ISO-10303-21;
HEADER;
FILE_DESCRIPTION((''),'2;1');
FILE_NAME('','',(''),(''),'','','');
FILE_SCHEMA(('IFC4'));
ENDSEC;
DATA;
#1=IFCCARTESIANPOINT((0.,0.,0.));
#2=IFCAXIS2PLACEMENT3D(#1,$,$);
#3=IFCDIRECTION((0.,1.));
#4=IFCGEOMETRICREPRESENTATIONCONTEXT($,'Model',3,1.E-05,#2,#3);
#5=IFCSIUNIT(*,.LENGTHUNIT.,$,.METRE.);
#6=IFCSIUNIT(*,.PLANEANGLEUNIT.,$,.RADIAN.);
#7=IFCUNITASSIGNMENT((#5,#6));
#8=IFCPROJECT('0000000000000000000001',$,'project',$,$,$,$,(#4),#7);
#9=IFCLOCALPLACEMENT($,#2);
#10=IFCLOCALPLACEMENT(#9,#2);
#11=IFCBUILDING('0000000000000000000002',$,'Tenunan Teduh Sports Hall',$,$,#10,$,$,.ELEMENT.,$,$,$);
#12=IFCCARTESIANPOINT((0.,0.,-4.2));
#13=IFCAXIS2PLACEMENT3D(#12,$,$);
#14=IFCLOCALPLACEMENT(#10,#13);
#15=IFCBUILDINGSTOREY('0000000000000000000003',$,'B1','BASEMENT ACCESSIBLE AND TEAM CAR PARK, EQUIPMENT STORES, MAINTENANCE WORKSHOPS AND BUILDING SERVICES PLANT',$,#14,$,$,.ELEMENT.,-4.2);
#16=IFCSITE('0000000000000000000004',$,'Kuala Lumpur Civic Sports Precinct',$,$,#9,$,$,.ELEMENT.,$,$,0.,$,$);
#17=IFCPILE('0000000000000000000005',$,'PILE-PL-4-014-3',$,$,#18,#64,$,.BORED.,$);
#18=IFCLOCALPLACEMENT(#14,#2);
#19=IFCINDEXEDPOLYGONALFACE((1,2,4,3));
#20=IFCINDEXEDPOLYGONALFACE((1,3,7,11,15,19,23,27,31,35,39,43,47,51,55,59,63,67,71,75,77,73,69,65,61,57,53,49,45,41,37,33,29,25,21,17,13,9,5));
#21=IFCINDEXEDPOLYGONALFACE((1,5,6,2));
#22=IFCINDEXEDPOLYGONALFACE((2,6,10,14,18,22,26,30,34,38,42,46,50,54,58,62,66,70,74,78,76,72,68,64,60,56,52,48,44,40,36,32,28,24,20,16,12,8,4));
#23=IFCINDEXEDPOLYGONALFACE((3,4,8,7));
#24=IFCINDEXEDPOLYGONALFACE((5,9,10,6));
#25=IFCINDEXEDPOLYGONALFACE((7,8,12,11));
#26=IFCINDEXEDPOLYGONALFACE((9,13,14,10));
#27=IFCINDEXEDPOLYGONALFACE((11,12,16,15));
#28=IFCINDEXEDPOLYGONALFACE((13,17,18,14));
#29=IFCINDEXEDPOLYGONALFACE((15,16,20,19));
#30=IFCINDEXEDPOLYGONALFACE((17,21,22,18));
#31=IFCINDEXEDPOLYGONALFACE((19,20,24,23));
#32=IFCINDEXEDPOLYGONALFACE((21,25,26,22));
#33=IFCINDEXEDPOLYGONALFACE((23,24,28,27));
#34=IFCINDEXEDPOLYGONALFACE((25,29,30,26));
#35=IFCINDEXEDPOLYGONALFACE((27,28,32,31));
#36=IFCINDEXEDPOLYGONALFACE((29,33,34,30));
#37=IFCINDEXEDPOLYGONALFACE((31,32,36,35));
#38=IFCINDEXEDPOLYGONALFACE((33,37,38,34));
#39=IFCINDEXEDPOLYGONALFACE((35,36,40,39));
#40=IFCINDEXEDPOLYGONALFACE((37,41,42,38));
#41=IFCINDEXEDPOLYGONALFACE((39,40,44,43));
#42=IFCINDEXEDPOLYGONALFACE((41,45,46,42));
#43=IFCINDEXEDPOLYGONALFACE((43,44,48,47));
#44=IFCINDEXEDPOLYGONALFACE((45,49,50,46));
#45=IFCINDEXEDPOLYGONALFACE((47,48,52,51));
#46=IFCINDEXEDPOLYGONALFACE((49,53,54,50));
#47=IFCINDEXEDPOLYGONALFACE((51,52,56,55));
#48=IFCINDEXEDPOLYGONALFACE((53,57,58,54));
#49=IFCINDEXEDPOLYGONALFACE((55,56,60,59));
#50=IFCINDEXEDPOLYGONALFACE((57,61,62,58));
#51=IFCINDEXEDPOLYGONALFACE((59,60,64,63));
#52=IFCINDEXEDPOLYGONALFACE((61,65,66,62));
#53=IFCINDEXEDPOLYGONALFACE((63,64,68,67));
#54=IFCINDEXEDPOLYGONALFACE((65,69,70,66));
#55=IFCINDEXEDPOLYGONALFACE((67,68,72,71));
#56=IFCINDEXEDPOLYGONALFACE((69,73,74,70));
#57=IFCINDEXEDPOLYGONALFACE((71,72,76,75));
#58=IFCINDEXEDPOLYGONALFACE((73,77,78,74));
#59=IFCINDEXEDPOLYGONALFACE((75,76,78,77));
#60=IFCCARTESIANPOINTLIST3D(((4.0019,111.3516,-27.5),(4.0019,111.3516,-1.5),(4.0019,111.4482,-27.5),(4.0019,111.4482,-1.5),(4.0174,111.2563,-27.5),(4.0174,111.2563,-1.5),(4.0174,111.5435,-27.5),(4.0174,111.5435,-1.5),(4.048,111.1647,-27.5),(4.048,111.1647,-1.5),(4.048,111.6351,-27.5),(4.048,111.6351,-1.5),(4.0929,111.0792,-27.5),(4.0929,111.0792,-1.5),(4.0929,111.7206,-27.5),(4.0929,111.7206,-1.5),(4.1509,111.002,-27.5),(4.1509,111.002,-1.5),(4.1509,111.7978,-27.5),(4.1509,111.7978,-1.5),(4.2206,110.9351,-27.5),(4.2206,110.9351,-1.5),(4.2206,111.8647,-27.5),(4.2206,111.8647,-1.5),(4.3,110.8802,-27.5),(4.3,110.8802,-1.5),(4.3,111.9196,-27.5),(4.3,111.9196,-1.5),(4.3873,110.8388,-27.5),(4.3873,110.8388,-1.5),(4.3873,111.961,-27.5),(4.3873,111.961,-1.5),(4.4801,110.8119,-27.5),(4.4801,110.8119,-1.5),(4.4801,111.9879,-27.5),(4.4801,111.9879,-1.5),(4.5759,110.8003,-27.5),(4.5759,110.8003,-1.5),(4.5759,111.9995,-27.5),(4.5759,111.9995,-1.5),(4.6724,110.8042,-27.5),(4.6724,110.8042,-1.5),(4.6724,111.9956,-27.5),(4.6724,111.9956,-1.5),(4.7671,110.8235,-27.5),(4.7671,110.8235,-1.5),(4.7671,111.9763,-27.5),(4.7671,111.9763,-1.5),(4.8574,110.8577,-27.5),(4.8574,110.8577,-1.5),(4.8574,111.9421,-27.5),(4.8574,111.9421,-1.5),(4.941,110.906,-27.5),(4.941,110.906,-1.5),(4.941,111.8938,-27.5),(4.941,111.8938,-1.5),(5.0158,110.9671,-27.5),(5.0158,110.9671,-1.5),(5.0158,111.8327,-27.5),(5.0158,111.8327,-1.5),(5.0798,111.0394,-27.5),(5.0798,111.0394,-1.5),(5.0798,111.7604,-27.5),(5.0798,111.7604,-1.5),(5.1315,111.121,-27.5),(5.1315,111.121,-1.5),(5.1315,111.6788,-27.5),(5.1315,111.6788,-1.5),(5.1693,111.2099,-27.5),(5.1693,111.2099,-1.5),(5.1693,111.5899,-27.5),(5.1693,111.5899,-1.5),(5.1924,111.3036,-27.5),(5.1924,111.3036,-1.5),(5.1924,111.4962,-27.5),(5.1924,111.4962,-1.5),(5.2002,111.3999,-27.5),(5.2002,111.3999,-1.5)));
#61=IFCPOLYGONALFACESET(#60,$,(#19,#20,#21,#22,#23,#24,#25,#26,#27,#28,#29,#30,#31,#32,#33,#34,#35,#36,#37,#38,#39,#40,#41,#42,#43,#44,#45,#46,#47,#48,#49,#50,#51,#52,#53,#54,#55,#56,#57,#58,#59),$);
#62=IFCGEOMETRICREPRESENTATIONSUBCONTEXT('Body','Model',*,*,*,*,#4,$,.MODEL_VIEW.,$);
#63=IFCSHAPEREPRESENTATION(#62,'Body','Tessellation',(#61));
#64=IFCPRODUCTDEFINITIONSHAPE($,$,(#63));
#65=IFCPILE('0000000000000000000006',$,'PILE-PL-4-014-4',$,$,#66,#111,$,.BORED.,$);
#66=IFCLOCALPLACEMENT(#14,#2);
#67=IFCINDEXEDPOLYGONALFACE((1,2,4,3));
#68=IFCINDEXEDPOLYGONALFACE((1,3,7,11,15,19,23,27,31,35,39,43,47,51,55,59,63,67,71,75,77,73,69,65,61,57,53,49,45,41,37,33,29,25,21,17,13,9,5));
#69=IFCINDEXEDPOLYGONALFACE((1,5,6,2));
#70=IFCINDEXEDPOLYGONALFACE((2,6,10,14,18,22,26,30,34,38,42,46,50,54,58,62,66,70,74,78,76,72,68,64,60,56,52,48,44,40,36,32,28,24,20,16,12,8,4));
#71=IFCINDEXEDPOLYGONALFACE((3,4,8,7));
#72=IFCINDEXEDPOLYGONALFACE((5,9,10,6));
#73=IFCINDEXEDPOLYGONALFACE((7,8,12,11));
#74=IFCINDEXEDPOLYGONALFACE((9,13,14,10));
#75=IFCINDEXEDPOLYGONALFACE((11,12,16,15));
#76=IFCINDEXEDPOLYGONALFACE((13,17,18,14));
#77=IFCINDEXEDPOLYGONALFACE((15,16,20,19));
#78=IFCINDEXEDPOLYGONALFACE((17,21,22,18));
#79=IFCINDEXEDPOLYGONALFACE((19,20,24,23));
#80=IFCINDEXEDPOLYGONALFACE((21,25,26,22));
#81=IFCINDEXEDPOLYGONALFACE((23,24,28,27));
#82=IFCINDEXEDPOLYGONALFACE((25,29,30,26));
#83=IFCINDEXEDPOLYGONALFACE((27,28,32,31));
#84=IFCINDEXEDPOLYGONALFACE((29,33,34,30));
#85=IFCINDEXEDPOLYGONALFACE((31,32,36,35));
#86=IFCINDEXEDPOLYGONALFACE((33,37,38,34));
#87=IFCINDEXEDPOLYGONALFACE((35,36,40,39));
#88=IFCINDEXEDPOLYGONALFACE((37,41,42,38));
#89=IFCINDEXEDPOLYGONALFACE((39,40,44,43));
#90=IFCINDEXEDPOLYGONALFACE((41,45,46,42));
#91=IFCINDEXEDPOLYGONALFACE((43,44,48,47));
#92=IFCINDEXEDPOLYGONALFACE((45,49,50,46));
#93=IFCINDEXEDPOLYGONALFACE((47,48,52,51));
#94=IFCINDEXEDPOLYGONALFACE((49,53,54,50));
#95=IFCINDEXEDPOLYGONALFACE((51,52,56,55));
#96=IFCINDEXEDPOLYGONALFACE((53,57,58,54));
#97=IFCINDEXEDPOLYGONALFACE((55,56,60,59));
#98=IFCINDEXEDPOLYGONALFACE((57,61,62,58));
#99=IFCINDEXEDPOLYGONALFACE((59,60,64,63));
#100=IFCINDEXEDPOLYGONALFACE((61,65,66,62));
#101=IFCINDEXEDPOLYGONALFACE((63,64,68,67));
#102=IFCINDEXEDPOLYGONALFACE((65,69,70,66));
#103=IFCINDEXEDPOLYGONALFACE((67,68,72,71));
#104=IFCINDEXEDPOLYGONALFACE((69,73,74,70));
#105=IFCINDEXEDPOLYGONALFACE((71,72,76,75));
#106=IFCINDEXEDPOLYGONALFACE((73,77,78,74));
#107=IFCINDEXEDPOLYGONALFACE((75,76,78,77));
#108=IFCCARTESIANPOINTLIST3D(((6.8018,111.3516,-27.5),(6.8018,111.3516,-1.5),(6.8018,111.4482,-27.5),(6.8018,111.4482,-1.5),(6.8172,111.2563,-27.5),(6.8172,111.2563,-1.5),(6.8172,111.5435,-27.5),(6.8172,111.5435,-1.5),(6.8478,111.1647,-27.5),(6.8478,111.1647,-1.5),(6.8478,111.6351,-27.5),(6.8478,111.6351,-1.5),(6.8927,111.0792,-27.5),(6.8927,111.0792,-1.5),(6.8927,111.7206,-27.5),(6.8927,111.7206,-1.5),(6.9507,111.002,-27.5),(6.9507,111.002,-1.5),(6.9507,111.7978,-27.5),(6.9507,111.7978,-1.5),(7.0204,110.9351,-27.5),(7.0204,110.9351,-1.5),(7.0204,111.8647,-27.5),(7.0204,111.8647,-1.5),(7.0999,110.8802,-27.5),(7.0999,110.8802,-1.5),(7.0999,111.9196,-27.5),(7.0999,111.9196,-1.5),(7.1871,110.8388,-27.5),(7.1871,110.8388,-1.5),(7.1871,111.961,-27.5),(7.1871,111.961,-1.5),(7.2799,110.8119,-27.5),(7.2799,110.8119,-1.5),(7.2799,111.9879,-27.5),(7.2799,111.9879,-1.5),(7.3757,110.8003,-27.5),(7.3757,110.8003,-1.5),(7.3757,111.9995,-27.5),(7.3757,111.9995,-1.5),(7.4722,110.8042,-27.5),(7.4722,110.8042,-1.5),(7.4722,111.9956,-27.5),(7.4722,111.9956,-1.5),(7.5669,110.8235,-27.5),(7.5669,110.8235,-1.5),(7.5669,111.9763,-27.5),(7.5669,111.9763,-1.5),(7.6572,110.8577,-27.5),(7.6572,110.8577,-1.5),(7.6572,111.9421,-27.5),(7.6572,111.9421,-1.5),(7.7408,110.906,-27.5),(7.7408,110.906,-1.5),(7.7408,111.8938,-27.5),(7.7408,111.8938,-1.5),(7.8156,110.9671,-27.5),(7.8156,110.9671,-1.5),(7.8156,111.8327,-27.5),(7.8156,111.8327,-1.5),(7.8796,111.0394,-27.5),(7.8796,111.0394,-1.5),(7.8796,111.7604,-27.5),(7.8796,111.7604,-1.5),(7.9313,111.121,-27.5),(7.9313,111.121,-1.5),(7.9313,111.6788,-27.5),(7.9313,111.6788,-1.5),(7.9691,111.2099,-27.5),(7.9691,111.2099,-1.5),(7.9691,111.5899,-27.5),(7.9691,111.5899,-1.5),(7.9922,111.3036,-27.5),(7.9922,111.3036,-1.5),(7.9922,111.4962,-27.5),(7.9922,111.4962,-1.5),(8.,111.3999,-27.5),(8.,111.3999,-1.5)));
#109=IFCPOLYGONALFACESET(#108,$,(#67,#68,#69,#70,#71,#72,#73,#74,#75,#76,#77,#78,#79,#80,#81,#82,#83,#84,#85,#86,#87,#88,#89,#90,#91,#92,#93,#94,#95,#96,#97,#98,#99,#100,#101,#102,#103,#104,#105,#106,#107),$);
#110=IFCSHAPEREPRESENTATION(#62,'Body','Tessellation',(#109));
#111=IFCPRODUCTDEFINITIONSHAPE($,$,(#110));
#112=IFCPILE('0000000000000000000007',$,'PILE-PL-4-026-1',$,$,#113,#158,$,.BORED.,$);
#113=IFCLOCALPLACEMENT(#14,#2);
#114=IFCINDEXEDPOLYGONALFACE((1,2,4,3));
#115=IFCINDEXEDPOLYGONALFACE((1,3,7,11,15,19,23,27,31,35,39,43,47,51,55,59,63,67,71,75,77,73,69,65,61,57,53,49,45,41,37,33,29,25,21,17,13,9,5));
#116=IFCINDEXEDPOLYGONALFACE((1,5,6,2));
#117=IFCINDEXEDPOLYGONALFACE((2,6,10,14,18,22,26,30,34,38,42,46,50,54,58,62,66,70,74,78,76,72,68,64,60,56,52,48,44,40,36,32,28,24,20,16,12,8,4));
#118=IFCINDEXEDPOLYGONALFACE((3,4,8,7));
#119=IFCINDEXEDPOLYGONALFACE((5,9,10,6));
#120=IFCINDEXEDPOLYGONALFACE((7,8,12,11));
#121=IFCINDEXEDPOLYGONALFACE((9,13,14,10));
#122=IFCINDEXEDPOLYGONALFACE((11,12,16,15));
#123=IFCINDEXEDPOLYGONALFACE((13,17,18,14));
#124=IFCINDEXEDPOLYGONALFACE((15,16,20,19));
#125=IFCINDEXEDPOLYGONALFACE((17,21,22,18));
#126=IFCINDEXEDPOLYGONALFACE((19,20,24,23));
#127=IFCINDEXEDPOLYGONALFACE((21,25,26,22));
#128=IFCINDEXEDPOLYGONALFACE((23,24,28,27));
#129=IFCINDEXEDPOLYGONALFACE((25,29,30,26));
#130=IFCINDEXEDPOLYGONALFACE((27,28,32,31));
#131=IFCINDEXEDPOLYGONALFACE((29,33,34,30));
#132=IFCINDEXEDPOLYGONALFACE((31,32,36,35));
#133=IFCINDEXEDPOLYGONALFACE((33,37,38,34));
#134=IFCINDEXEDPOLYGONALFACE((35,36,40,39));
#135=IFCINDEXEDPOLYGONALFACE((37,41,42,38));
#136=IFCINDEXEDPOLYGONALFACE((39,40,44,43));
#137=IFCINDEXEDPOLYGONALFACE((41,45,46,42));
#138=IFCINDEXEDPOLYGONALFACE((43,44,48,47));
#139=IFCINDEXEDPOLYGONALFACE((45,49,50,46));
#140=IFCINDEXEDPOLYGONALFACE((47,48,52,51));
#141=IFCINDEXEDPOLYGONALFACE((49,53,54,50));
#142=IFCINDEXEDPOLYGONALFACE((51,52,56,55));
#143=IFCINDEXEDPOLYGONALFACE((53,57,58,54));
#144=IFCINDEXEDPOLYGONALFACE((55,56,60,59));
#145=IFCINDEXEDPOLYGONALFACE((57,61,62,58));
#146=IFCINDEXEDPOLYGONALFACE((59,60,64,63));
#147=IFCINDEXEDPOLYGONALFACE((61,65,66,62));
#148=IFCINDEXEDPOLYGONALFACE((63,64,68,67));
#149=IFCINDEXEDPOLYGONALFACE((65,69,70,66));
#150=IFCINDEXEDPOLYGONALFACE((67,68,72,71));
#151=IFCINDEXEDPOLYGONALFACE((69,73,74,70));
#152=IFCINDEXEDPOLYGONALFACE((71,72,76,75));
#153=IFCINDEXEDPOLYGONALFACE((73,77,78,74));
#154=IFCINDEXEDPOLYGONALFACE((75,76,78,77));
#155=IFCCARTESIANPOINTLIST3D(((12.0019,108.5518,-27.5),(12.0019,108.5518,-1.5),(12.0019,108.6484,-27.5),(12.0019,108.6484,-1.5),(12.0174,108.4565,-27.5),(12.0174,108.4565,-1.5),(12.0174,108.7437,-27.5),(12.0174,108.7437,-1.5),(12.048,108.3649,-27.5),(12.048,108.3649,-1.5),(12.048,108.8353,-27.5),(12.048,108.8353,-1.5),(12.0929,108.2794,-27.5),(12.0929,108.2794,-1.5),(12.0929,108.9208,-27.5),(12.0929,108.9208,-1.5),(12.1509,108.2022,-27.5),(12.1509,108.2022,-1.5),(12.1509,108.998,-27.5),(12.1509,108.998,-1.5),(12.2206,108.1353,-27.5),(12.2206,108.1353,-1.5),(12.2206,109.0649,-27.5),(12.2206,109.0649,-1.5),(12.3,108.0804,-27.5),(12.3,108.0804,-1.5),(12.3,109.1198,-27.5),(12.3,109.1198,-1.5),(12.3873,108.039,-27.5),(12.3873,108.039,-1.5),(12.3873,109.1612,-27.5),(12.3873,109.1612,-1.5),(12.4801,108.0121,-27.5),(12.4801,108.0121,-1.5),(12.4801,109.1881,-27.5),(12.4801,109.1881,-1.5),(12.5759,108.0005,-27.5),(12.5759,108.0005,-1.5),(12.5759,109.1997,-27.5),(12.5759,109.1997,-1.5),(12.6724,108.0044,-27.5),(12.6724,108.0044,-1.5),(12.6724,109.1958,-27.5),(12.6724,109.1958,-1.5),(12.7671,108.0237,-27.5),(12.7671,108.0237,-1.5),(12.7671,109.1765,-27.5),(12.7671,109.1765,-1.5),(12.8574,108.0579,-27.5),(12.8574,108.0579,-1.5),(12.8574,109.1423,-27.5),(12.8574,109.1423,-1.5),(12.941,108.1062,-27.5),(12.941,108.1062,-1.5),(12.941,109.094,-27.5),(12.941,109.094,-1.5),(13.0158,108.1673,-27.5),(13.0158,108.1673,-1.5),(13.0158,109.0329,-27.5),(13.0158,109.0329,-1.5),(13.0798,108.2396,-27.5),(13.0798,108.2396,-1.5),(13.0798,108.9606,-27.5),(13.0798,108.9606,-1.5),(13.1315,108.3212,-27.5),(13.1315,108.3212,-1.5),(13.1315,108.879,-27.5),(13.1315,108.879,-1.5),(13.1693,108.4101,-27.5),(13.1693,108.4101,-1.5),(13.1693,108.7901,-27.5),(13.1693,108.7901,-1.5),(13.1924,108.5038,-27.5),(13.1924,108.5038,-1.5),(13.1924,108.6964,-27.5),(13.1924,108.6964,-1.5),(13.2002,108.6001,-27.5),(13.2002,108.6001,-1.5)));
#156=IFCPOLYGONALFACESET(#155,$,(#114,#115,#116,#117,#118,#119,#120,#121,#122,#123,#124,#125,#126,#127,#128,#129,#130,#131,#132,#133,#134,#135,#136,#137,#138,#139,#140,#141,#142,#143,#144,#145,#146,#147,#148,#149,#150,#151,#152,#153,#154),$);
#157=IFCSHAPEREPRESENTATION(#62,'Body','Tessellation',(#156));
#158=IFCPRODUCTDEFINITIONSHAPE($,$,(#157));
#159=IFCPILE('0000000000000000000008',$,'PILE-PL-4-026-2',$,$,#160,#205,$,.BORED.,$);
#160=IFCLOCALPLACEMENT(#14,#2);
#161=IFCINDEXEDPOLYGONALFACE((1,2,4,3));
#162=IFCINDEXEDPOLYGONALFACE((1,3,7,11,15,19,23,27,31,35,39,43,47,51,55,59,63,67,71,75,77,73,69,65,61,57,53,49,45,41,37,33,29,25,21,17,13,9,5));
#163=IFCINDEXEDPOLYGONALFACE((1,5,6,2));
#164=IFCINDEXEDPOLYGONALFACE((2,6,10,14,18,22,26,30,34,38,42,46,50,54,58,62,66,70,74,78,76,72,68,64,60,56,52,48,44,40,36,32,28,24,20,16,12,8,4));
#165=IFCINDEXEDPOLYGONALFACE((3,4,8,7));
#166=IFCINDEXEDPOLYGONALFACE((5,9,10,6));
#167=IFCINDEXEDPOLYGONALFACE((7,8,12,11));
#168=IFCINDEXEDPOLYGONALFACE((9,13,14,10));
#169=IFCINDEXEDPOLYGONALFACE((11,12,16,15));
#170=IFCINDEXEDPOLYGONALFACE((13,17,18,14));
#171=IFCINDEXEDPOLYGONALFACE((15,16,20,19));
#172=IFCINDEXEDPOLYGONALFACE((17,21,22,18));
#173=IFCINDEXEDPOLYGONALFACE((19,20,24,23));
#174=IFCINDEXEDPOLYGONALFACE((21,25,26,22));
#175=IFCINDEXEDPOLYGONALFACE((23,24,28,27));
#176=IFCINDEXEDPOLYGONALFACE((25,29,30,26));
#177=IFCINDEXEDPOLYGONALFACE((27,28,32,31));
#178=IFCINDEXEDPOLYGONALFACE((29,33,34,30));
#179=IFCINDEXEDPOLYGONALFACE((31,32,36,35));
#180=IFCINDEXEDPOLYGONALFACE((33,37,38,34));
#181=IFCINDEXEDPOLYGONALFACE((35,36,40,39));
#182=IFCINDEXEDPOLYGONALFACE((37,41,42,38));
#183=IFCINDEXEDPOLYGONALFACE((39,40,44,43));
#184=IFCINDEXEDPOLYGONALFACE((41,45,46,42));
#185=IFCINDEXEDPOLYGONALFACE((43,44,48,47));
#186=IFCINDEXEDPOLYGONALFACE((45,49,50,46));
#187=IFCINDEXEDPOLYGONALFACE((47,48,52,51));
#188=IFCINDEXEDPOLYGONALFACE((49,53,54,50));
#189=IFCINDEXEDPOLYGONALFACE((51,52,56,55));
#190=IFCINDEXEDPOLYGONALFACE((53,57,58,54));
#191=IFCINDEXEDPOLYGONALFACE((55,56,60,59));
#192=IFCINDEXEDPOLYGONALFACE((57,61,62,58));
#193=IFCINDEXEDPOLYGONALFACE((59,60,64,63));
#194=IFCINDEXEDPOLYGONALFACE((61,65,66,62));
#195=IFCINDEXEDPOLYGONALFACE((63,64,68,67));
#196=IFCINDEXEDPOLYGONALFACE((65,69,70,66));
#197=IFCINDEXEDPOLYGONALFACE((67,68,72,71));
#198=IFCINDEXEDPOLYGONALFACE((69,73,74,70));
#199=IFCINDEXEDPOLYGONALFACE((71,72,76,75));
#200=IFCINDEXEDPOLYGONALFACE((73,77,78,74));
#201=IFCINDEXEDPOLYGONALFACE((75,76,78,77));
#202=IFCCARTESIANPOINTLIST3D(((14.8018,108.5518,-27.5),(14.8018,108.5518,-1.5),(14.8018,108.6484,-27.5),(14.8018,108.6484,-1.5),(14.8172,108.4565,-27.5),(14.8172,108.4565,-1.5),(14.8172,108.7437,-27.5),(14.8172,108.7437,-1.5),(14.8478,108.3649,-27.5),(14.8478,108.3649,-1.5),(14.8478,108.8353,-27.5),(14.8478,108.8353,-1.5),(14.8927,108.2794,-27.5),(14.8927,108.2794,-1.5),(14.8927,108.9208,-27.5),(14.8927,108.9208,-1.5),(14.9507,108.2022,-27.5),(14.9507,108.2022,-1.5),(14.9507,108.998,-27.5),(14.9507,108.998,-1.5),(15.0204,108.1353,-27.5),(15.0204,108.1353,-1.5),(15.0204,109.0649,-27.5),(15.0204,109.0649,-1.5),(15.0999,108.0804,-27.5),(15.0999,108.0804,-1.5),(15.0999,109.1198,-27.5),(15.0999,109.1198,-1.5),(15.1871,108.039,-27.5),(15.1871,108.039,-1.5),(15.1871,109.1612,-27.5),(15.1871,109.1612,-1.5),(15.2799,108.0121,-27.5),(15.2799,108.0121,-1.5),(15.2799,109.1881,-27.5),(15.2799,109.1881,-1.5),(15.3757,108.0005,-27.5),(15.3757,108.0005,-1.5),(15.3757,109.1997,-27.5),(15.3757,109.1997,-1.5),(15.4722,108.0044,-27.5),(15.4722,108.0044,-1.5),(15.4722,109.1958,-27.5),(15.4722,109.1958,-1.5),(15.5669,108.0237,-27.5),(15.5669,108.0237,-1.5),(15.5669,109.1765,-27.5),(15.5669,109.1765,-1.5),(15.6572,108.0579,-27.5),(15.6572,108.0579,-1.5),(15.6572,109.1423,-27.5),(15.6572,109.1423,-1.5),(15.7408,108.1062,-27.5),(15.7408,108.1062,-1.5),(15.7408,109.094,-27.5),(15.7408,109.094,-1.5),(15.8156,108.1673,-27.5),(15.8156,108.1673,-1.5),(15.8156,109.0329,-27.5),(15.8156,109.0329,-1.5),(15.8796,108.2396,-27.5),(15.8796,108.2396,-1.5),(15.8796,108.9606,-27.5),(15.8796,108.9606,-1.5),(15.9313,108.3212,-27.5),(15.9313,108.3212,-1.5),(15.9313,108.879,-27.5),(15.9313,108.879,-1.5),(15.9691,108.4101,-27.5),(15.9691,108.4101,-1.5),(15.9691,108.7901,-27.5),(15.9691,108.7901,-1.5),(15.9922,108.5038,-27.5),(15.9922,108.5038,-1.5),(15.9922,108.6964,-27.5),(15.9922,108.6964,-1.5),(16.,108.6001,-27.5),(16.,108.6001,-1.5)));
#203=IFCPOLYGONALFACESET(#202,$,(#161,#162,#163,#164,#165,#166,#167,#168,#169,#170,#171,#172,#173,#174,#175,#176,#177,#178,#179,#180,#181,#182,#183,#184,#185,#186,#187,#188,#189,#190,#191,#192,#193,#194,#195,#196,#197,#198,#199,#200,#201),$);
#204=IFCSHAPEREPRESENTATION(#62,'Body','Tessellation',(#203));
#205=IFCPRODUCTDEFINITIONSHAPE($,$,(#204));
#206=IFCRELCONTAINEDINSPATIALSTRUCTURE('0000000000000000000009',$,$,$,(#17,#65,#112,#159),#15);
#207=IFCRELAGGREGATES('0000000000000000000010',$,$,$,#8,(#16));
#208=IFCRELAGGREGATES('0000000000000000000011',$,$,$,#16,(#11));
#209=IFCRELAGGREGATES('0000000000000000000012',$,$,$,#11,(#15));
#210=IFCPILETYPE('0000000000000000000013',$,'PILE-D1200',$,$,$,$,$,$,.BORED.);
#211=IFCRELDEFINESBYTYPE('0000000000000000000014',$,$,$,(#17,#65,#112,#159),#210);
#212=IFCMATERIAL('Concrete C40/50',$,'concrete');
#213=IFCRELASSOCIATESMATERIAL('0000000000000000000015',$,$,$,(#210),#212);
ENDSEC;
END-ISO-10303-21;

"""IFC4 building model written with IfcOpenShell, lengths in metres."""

from ifc_helpers import new_model, si_unit, direction, frame, origin, origin_2d, place, context, subcontext, project, spatial, circle, extrude, material, material_profile, profile_set, type_object, element, save


model = new_model("IFC4")

# Units and contexts
model_context = context("Model", 3, precision=1e-05, world=origin(), true_north=direction((0.0, 1.0)))
body_context = subcontext(model_context, "Body", "Model", "MODEL_VIEW")
ifc_project = project(units=[si_unit("LENGTHUNIT", "METRE"), si_unit("PLANEANGLEUNIT", "RADIAN")], contexts=[model_context])

# Site, building, storey
site_placement = place(None, origin())
site = spatial("IfcSite", under=ifc_project, at=site_placement, Name="Kuala Lumpur Civic Sports Precinct", CompositionType="ELEMENT", RefElevation=0.0)
building_placement = place(site_placement, origin())
building = spatial("IfcBuilding", under=site, at=building_placement, Name="Tenunan Teduh Sports Hall", CompositionType="ELEMENT")
storey_placement = place(building_placement, frame((0.0, 0.0, -4.2)))
storey = spatial("IfcBuildingStorey", under=building, at=storey_placement, Name="B1", Description="BASEMENT ACCESSIBLE AND TEAM CAR PARK, EQUIPMENT STORES, MAINTENANCE WORKSHOPS AND BUILDING SERVICES PLANT", CompositionType="ELEMENT", Elevation=-4.2)

# Piles
ifc_material_1 = material(Name="Concrete C40/50", Category="concrete")
ifc_material_profile_1 = material_profile(ifc_material_1, circle(Radius=0.6001, at=origin_2d()), Name="PILE D1200")
ifc_profile_set_1 = profile_set([ifc_material_profile_1], Name="Concrete C40/50")
pile_type = type_object("IfcPileType", Name="PILE-D1200", PredefinedType="BORED", material=ifc_profile_set_1)
for number, where, z_axis, x_axis, name in (
    (1, (4.6001, 111.3999, -1.5), (0.0, 0.0, -1.0), (1.0, 0.0, 0.0), "PILE-PL-4-014-3"),
    (2, (7.3999, 111.3999, -1.5), (0.0, 0.0, -1.0), (1.0, 0.0, 0.0), "PILE-PL-4-014-4"),
    (3, (12.6001, 108.6001, -1.5), (0.0, 0.0, -1.0), (1.0, 0.0, 0.0), "PILE-PL-4-026-1"),
    (4, (15.3999, 108.6001, -1.5), (0.0, 0.0, -1.0), (1.0, 0.0, 0.0), "PILE-PL-4-026-2"),
):
    element("IfcPile", number, at=place(storey_placement, frame(where, z_axis=z_axis, x_axis=x_axis)), inside=storey, type_object=pile_type, Name=name, PredefinedType="BORED", context=body_context, shape_type="SweptSolid", body=[
        extrude(circle(Radius=0.6001, at=origin_2d()), origin(), (0.0, 0.0, 1.0), 26.0),
    ])

save(model, "model.ifc")
